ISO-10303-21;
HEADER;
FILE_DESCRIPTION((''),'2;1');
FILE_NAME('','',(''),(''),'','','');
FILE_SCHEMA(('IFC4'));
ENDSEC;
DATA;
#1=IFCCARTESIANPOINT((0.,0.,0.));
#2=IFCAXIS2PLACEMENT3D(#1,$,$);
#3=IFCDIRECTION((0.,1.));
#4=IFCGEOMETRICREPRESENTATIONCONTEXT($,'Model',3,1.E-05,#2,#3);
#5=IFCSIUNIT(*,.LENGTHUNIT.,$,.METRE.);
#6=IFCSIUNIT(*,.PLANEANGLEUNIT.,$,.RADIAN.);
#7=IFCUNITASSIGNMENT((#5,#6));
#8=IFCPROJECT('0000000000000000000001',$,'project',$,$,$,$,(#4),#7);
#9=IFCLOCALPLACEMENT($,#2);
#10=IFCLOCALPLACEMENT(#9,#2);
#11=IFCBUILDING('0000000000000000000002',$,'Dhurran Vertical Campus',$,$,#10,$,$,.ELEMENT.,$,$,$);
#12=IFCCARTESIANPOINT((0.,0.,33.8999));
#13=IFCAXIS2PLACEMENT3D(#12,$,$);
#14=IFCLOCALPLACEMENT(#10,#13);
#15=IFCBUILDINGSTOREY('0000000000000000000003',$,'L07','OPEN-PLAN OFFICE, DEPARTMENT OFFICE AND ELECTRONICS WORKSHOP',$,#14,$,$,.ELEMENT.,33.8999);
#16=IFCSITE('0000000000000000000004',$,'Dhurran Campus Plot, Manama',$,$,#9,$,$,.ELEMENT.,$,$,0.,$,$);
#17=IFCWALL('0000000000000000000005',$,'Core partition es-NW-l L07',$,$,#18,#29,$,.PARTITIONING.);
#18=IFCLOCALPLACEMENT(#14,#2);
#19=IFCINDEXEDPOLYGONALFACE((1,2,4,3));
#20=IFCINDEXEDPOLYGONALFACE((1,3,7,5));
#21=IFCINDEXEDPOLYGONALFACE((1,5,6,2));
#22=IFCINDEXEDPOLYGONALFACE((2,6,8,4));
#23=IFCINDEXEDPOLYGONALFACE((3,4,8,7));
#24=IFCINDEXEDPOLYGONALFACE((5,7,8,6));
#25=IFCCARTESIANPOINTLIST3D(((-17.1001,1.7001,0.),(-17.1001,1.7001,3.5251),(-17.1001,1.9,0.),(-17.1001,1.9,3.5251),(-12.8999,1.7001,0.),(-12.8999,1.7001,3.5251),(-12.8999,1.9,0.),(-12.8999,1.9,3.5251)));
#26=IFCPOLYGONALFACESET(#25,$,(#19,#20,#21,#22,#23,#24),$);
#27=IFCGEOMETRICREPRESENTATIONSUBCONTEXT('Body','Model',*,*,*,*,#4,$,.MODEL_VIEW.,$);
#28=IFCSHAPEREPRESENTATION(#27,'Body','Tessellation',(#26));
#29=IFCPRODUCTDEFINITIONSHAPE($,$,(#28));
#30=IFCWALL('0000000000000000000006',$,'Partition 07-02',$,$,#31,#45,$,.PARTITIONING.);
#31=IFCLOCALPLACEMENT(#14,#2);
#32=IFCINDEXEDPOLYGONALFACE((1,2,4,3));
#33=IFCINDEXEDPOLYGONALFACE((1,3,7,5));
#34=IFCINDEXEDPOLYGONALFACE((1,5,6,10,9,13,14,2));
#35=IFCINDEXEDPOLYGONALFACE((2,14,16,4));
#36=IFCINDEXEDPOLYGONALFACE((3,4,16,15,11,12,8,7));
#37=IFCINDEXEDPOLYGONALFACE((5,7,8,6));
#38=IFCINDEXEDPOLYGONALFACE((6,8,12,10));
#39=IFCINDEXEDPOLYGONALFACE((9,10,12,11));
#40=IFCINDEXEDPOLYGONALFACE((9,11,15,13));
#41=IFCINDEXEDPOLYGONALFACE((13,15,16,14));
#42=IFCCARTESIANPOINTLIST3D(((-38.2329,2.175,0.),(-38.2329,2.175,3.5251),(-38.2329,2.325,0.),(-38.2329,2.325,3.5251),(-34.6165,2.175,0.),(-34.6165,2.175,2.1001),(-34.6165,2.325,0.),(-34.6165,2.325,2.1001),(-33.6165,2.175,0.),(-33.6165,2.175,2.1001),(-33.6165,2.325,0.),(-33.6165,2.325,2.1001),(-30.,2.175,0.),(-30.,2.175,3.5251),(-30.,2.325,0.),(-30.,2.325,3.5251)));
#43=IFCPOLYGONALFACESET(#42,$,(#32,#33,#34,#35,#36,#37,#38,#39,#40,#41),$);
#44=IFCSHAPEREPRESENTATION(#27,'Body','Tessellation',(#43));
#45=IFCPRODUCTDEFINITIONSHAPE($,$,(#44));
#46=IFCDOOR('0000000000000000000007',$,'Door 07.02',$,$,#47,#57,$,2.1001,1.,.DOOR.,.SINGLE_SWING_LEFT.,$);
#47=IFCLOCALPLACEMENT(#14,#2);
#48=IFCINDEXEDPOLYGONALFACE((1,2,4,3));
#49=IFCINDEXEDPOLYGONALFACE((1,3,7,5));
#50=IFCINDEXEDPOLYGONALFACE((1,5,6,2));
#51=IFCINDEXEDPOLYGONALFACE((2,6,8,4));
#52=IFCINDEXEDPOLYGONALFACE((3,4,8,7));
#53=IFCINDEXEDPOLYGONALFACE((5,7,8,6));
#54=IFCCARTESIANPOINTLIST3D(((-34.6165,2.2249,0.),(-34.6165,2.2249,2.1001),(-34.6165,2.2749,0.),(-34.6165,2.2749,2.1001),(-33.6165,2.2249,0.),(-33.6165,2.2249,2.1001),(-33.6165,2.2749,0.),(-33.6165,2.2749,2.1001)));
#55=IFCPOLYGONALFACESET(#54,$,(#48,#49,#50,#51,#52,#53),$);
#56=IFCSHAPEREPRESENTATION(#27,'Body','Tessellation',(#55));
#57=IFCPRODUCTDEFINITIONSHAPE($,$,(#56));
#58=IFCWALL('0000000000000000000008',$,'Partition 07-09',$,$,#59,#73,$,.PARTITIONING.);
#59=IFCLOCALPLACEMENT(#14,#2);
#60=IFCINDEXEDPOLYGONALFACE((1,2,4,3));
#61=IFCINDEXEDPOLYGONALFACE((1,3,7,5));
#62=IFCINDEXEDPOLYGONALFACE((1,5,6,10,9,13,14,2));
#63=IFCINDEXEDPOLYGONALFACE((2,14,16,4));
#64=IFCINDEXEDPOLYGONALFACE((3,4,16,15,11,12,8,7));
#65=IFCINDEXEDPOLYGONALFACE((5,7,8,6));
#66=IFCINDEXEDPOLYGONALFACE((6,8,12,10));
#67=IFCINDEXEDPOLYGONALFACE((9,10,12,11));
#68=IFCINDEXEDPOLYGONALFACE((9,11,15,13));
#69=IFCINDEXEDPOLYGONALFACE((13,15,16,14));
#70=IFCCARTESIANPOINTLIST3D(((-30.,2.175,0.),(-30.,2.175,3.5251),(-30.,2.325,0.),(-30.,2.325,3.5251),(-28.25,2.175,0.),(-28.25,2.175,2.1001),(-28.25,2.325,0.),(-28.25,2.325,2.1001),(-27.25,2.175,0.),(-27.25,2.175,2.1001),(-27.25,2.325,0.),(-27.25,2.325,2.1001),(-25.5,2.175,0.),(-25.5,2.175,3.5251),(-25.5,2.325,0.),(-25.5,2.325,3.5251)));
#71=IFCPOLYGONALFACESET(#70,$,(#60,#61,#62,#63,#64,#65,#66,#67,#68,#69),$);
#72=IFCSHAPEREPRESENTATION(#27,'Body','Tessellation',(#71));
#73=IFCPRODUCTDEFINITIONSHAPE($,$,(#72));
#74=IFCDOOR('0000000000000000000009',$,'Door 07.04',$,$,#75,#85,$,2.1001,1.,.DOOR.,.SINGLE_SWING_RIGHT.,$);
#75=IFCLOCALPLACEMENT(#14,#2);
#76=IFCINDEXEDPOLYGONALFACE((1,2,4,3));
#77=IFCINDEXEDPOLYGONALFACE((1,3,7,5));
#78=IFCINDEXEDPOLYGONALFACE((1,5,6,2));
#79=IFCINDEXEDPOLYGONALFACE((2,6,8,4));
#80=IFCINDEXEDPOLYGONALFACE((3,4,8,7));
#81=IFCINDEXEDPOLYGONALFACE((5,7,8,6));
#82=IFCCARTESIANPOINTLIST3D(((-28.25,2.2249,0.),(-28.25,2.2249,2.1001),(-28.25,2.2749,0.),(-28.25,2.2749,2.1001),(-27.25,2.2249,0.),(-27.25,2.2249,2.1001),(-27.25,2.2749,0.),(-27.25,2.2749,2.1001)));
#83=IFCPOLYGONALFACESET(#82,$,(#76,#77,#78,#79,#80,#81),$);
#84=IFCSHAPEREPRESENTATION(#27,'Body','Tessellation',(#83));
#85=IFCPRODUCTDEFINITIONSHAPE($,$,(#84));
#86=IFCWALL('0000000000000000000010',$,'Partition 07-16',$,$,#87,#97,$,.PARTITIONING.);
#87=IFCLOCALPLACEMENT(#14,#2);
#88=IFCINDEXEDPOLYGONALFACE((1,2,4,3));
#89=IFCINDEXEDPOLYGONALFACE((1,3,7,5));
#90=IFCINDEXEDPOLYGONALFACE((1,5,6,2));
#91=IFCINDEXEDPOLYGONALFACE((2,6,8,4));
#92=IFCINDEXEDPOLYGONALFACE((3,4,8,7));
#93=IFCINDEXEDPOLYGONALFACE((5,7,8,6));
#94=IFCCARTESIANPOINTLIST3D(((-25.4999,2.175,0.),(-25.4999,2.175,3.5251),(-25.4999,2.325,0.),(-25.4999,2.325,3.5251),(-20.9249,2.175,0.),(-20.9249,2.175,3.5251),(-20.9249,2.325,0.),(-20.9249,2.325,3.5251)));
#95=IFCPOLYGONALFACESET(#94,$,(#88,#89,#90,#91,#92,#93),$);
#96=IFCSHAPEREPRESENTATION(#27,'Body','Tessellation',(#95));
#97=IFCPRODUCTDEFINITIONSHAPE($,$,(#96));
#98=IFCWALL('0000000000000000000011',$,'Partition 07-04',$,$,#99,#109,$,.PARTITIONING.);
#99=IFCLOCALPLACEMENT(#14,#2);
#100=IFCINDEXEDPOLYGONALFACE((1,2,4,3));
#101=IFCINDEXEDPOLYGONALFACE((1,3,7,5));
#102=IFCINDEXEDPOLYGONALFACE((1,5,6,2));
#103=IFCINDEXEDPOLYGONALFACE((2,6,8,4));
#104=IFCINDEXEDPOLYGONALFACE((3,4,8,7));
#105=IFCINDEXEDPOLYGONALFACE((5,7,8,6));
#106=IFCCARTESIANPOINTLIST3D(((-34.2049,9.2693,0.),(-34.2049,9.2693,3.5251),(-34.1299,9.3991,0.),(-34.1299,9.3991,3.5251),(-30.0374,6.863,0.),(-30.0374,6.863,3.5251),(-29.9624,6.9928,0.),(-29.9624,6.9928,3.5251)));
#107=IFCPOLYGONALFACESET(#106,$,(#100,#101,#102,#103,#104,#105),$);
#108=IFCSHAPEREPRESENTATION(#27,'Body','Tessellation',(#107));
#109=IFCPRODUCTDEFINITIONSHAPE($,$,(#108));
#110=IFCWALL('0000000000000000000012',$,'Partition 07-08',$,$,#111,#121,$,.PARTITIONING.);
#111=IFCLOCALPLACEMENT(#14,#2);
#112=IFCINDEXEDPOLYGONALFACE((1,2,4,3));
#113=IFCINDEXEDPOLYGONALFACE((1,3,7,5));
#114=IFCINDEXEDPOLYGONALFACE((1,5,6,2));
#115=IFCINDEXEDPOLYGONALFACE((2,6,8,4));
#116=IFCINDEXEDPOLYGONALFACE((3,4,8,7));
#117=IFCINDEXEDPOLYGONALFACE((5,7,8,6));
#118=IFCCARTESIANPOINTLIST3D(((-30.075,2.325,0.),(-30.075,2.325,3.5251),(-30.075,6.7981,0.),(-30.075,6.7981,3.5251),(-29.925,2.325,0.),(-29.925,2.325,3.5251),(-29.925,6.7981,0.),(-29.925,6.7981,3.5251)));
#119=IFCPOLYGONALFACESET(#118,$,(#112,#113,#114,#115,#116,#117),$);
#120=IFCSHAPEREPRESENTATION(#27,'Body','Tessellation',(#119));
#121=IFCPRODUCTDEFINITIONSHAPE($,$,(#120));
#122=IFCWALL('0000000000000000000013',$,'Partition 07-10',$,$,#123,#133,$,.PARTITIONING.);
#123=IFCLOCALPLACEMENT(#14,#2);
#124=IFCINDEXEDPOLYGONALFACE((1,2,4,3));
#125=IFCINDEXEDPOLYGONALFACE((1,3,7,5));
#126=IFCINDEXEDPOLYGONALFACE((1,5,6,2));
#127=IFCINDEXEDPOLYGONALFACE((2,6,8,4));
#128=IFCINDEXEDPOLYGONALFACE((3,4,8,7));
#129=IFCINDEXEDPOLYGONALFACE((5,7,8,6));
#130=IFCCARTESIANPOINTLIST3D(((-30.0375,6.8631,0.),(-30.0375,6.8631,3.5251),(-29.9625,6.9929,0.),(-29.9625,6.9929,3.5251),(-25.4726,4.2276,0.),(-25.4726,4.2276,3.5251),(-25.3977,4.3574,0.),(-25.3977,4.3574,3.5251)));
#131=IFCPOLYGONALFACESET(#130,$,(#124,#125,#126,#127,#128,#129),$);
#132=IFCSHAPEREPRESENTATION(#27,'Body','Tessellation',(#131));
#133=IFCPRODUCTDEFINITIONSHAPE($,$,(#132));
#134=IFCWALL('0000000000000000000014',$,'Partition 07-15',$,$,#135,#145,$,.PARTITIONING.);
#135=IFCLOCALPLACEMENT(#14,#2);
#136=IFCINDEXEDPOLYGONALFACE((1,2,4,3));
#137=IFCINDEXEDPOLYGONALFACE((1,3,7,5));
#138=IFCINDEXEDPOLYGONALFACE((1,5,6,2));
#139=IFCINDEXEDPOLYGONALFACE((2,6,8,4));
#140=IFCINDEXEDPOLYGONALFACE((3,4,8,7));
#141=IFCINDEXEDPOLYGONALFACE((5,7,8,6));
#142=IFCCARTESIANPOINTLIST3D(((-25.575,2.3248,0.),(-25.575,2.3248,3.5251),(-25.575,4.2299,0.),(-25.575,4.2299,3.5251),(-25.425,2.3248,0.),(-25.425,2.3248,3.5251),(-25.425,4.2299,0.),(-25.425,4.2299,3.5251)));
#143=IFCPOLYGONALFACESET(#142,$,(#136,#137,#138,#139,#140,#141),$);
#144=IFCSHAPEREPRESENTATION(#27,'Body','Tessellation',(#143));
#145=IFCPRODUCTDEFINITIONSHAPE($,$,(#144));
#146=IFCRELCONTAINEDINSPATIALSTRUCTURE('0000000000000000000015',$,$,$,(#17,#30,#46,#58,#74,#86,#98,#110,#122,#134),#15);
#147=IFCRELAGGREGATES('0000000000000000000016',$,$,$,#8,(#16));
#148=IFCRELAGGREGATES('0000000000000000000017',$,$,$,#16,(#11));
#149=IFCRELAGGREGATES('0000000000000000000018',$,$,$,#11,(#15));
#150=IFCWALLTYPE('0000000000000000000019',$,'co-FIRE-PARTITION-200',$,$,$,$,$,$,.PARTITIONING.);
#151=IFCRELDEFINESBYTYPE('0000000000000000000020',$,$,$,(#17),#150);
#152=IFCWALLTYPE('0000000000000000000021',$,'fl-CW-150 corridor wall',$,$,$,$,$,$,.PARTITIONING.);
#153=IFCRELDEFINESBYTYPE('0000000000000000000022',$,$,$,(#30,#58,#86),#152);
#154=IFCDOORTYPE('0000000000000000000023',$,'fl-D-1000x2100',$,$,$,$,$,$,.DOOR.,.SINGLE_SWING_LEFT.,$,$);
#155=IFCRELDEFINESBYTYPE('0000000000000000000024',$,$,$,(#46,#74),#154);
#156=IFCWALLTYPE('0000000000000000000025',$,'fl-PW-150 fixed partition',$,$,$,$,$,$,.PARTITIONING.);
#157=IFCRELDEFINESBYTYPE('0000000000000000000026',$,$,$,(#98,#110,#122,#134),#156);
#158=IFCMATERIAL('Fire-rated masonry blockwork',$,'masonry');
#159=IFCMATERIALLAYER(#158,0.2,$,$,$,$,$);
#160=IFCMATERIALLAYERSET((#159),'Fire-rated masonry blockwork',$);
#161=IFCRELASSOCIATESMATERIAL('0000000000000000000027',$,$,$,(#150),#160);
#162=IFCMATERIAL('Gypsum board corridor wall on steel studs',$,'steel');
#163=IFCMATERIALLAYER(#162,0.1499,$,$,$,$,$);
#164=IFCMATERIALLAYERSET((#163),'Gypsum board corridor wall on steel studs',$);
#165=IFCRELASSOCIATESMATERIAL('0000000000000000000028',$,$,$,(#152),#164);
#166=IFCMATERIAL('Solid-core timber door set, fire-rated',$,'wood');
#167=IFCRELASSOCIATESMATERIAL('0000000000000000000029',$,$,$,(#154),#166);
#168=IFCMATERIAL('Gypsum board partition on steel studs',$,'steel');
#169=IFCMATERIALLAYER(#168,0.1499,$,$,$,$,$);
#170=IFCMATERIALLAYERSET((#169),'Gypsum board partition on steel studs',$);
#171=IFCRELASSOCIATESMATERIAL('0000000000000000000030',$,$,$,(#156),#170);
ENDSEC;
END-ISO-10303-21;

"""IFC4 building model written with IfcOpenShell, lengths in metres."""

from ifc_helpers import new_model, si_unit, direction, frame, frame_2d, origin, place, context, subcontext, project, spatial, rectangle, extrude, material, layer, layer_set, type_object, element, fill, save


model = new_model("IFC4")

# Units and contexts
model_context = context("Model", 3, precision=1e-05, world=origin(), true_north=direction((0.0, 1.0)))
body_context = subcontext(model_context, "Body", "Model", "MODEL_VIEW")
ifc_project = project(units=[si_unit("LENGTHUNIT", "METRE"), si_unit("PLANEANGLEUNIT", "RADIAN")], contexts=[model_context])

# Site, building, storey
site_placement = place(None, origin())
site = spatial("IfcSite", under=ifc_project, at=site_placement, Name="Dhurran Campus Plot, Manama", CompositionType="ELEMENT", RefElevation=0.0)
building_placement = place(site_placement, origin())
building = spatial("IfcBuilding", under=site, at=building_placement, Name="Dhurran Vertical Campus", CompositionType="ELEMENT")
storey_placement = place(building_placement, frame((0.0, 0.0, 33.8999)))
storey = spatial("IfcBuildingStorey", under=building, at=storey_placement, Name="L07", Description="OPEN-PLAN OFFICE, DEPARTMENT OFFICE AND ELECTRONICS WORKSHOP", CompositionType="ELEMENT", Elevation=33.8999)

# Shared definitions
ifc_material_1 = material(Name="Fire-rated masonry blockwork", Category="masonry")
ifc_layer_1 = layer(ifc_material_1, 0.2)
ifc_layer_set_1 = layer_set([ifc_layer_1], Name="Fire-rated masonry blockwork")
wall_type_1 = type_object("IfcWallType", Name="co-FIRE-PARTITION-200", PredefinedType="PARTITIONING", material=ifc_layer_set_1)

# Wall
wall_1_placement = place(storey_placement, frame((-17.1001, 1.8, 0.0), z_axis=(0.0, 0.0, 1.0), x_axis=(1.0, 0.0, 0.0)))
element("IfcWall", 1, at=wall_1_placement, inside=storey, type_object=wall_type_1, Name="Core partition es-NW-l L07", PredefinedType="PARTITIONING", context=body_context, shape_type="SweptSolid", body=[
    extrude(rectangle(XDim=4.2002, YDim=0.2, at=frame_2d((2.1001, 0.0))), origin(), (0.0, 0.0, 1.0), 3.5251),
])

# Walls, openings, doors
ifc_material_2 = material(Name="Gypsum board corridor wall on steel studs", Category="steel")
ifc_layer_2 = layer(ifc_material_2, 0.1499)
ifc_layer_set_2 = layer_set([ifc_layer_2], Name="Gypsum board corridor wall on steel studs")
wall_type_2 = type_object("IfcWallType", Name="fl-CW-150 corridor wall", PredefinedType="PARTITIONING", material=ifc_layer_set_2)
wall_2_placement = place(storey_placement, frame((-38.2329, 2.25, 0.0), z_axis=(0.0, 0.0, 1.0), x_axis=(1.0, 0.0, 0.0)))
wall_2 = element("IfcWall", 2, at=wall_2_placement, inside=storey, type_object=wall_type_2, Name="Partition 07-02", PredefinedType="PARTITIONING", context=body_context, shape_type="SweptSolid", body=[
    extrude(rectangle(XDim=8.2329, YDim=0.1499, at=frame_2d((4.1165, 0.0))), origin(), (0.0, 0.0, 1.0), 3.5251),
])
opening_1_placement = place(wall_2_placement, frame((3.6165, 0.0, 0.0)))
opening_1 = element("IfcOpeningElement", 3, at=opening_1_placement, cuts=wall_2, PredefinedType="OPENING", context=body_context, shape_type="SweptSolid", body=[
    extrude(rectangle(XDim=1.0, YDim=2.1001, at=frame_2d((0.5, 1.05))), frame((0.0, 0.085, 0.0), z_axis=(0.0, -1.0, 0.0), x_axis=(1.0, 0.0, 0.0)), (0.0, 0.0, 1.0), 0.1699),
])
ifc_material_3 = material(Name="Solid-core timber door set, fire-rated", Category="wood")
door_type_1 = type_object("IfcDoorType", Name="fl-D-1000x2100", OperationType="SINGLE_SWING_LEFT", PredefinedType="DOOR", material=ifc_material_3)
door_1_placement = place(opening_1_placement, origin())
door_1 = element("IfcDoor", 4, at=door_1_placement, inside=storey, type_object=door_type_1, Name="Door 07.02", OperationType="SINGLE_SWING_LEFT", OverallHeight=2.1001, OverallWidth=1.0, PredefinedType="DOOR", context=body_context, shape_type="SweptSolid", body=[
    extrude(rectangle(XDim=1.0, YDim=2.1001, at=frame_2d((0.5, 1.05))), frame((0.0, 0.0249, 0.0), z_axis=(0.0, -1.0, 0.0), x_axis=(1.0, 0.0, 0.0)), (0.0, 0.0, 1.0), 0.05),
])
fill(opening_1, door_1)
wall_3_placement = place(storey_placement, frame((-30.0, 2.25, 0.0), z_axis=(0.0, 0.0, 1.0), x_axis=(1.0, 0.0, 0.0)))
wall_3 = element("IfcWall", 5, at=wall_3_placement, inside=storey, type_object=wall_type_2, Name="Partition 07-09", PredefinedType="PARTITIONING", context=body_context, shape_type="SweptSolid", body=[
    extrude(rectangle(XDim=4.5, YDim=0.1499, at=frame_2d((2.25, 0.0))), origin(), (0.0, 0.0, 1.0), 3.5251),
])
opening_2_placement = place(wall_3_placement, frame((1.75, 0.0, 0.0)))
opening_2 = element("IfcOpeningElement", 6, at=opening_2_placement, cuts=wall_3, PredefinedType="OPENING", context=body_context, shape_type="SweptSolid", body=[
    extrude(rectangle(XDim=1.0, YDim=2.1001, at=frame_2d((0.5, 1.05))), frame((0.0, 0.085, 0.0), z_axis=(0.0, -1.0, 0.0), x_axis=(1.0, 0.0, 0.0)), (0.0, 0.0, 1.0), 0.1699),
])
door_2_placement = place(opening_2_placement, origin())
door_2 = element("IfcDoor", 7, at=door_2_placement, inside=storey, type_object=door_type_1, Name="Door 07.04", OperationType="SINGLE_SWING_RIGHT", OverallHeight=2.1001, OverallWidth=1.0, PredefinedType="DOOR", context=body_context, shape_type="SweptSolid", body=[
    extrude(rectangle(XDim=1.0, YDim=2.1001, at=frame_2d((0.5, 1.05))), frame((0.0, 0.0249, 0.0), z_axis=(0.0, -1.0, 0.0), x_axis=(1.0, 0.0, 0.0)), (0.0, 0.0, 1.0), 0.05),
])
fill(opening_2, door_2)

# Walls
wall_4_placement = place(storey_placement, frame((-25.5, 2.25, 0.0), z_axis=(0.0, 0.0, 1.0), x_axis=(1.0, 0.0, 0.0)))
element("IfcWall", 8, at=wall_4_placement, inside=storey, type_object=wall_type_2, Name="Partition 07-16", PredefinedType="PARTITIONING", context=body_context, shape_type="SweptSolid", body=[
    extrude(rectangle(XDim=4.575, YDim=0.1499, at=frame_2d((2.2876, 0.0))), origin(), (0.0, 0.0, 1.0), 3.5251),
])
ifc_material_4 = material(Name="Gypsum board partition on steel studs", Category="steel")
ifc_layer_3 = layer(ifc_material_4, 0.1499)
ifc_layer_set_3 = layer_set([ifc_layer_3], Name="Gypsum board partition on steel studs")
wall_type_3 = type_object("IfcWallType", Name="fl-PW-150 fixed partition", PredefinedType="PARTITIONING", material=ifc_layer_set_3)
wall_5_placement = place(storey_placement, frame((-34.1675, 9.3342, 0.0), z_axis=(0.0, 0.0, 1.0), x_axis=(0.866012, -0.500024, 0.0)))
element("IfcWall", 9, at=wall_5_placement, inside=storey, type_object=wall_type_3, Name="Partition 07-04", PredefinedType="PARTITIONING", context=body_context, shape_type="SweptSolid", body=[
    extrude(rectangle(XDim=4.8123, YDim=0.1499, at=frame_2d((2.4062, 0.0))), origin(), (0.0, 0.0, 1.0), 3.5251),
])
wall_6_placement = place(storey_placement, frame((-30.0, 6.7981, 0.0), z_axis=(0.0, 0.0, 1.0), x_axis=(0.0, -1.0, 0.0)))
element("IfcWall", 10, at=wall_6_placement, inside=storey, type_object=wall_type_3, Name="Partition 07-08", PredefinedType="PARTITIONING", context=body_context, shape_type="SweptSolid", body=[
    extrude(rectangle(XDim=4.4731, YDim=0.1499, at=frame_2d((2.2366, 0.0))), origin(), (0.0, 0.0, 1.0), 3.5251),
])
wall_7_placement = place(storey_placement, frame((-30.0, 6.928, 0.0), z_axis=(0.0, 0.0, 1.0), x_axis=(0.866031, -0.49999, 0.0)))
element("IfcWall", 11, at=wall_7_placement, inside=storey, type_object=wall_type_3, Name="Partition 07-10", PredefinedType="PARTITIONING", context=body_context, shape_type="SweptSolid", body=[
    extrude(rectangle(XDim=5.271, YDim=0.1499, at=frame_2d((2.6355, 0.0))), origin(), (0.0, 0.0, 1.0), 3.5251),
])
wall_8_placement = place(storey_placement, frame((-25.5, 4.23, 0.0), z_axis=(0.0, 0.0, 1.0), x_axis=(0.0, -1.0, 0.0)))
element("IfcWall", 12, at=wall_8_placement, inside=storey, type_object=wall_type_3, Name="Partition 07-15", PredefinedType="PARTITIONING", context=body_context, shape_type="SweptSolid", body=[
    extrude(rectangle(XDim=1.905, YDim=0.1499, at=frame_2d((0.9526, 0.0))), origin(), (0.0, 0.0, 1.0), 3.5251),
])

save(model, "model.ifc")
